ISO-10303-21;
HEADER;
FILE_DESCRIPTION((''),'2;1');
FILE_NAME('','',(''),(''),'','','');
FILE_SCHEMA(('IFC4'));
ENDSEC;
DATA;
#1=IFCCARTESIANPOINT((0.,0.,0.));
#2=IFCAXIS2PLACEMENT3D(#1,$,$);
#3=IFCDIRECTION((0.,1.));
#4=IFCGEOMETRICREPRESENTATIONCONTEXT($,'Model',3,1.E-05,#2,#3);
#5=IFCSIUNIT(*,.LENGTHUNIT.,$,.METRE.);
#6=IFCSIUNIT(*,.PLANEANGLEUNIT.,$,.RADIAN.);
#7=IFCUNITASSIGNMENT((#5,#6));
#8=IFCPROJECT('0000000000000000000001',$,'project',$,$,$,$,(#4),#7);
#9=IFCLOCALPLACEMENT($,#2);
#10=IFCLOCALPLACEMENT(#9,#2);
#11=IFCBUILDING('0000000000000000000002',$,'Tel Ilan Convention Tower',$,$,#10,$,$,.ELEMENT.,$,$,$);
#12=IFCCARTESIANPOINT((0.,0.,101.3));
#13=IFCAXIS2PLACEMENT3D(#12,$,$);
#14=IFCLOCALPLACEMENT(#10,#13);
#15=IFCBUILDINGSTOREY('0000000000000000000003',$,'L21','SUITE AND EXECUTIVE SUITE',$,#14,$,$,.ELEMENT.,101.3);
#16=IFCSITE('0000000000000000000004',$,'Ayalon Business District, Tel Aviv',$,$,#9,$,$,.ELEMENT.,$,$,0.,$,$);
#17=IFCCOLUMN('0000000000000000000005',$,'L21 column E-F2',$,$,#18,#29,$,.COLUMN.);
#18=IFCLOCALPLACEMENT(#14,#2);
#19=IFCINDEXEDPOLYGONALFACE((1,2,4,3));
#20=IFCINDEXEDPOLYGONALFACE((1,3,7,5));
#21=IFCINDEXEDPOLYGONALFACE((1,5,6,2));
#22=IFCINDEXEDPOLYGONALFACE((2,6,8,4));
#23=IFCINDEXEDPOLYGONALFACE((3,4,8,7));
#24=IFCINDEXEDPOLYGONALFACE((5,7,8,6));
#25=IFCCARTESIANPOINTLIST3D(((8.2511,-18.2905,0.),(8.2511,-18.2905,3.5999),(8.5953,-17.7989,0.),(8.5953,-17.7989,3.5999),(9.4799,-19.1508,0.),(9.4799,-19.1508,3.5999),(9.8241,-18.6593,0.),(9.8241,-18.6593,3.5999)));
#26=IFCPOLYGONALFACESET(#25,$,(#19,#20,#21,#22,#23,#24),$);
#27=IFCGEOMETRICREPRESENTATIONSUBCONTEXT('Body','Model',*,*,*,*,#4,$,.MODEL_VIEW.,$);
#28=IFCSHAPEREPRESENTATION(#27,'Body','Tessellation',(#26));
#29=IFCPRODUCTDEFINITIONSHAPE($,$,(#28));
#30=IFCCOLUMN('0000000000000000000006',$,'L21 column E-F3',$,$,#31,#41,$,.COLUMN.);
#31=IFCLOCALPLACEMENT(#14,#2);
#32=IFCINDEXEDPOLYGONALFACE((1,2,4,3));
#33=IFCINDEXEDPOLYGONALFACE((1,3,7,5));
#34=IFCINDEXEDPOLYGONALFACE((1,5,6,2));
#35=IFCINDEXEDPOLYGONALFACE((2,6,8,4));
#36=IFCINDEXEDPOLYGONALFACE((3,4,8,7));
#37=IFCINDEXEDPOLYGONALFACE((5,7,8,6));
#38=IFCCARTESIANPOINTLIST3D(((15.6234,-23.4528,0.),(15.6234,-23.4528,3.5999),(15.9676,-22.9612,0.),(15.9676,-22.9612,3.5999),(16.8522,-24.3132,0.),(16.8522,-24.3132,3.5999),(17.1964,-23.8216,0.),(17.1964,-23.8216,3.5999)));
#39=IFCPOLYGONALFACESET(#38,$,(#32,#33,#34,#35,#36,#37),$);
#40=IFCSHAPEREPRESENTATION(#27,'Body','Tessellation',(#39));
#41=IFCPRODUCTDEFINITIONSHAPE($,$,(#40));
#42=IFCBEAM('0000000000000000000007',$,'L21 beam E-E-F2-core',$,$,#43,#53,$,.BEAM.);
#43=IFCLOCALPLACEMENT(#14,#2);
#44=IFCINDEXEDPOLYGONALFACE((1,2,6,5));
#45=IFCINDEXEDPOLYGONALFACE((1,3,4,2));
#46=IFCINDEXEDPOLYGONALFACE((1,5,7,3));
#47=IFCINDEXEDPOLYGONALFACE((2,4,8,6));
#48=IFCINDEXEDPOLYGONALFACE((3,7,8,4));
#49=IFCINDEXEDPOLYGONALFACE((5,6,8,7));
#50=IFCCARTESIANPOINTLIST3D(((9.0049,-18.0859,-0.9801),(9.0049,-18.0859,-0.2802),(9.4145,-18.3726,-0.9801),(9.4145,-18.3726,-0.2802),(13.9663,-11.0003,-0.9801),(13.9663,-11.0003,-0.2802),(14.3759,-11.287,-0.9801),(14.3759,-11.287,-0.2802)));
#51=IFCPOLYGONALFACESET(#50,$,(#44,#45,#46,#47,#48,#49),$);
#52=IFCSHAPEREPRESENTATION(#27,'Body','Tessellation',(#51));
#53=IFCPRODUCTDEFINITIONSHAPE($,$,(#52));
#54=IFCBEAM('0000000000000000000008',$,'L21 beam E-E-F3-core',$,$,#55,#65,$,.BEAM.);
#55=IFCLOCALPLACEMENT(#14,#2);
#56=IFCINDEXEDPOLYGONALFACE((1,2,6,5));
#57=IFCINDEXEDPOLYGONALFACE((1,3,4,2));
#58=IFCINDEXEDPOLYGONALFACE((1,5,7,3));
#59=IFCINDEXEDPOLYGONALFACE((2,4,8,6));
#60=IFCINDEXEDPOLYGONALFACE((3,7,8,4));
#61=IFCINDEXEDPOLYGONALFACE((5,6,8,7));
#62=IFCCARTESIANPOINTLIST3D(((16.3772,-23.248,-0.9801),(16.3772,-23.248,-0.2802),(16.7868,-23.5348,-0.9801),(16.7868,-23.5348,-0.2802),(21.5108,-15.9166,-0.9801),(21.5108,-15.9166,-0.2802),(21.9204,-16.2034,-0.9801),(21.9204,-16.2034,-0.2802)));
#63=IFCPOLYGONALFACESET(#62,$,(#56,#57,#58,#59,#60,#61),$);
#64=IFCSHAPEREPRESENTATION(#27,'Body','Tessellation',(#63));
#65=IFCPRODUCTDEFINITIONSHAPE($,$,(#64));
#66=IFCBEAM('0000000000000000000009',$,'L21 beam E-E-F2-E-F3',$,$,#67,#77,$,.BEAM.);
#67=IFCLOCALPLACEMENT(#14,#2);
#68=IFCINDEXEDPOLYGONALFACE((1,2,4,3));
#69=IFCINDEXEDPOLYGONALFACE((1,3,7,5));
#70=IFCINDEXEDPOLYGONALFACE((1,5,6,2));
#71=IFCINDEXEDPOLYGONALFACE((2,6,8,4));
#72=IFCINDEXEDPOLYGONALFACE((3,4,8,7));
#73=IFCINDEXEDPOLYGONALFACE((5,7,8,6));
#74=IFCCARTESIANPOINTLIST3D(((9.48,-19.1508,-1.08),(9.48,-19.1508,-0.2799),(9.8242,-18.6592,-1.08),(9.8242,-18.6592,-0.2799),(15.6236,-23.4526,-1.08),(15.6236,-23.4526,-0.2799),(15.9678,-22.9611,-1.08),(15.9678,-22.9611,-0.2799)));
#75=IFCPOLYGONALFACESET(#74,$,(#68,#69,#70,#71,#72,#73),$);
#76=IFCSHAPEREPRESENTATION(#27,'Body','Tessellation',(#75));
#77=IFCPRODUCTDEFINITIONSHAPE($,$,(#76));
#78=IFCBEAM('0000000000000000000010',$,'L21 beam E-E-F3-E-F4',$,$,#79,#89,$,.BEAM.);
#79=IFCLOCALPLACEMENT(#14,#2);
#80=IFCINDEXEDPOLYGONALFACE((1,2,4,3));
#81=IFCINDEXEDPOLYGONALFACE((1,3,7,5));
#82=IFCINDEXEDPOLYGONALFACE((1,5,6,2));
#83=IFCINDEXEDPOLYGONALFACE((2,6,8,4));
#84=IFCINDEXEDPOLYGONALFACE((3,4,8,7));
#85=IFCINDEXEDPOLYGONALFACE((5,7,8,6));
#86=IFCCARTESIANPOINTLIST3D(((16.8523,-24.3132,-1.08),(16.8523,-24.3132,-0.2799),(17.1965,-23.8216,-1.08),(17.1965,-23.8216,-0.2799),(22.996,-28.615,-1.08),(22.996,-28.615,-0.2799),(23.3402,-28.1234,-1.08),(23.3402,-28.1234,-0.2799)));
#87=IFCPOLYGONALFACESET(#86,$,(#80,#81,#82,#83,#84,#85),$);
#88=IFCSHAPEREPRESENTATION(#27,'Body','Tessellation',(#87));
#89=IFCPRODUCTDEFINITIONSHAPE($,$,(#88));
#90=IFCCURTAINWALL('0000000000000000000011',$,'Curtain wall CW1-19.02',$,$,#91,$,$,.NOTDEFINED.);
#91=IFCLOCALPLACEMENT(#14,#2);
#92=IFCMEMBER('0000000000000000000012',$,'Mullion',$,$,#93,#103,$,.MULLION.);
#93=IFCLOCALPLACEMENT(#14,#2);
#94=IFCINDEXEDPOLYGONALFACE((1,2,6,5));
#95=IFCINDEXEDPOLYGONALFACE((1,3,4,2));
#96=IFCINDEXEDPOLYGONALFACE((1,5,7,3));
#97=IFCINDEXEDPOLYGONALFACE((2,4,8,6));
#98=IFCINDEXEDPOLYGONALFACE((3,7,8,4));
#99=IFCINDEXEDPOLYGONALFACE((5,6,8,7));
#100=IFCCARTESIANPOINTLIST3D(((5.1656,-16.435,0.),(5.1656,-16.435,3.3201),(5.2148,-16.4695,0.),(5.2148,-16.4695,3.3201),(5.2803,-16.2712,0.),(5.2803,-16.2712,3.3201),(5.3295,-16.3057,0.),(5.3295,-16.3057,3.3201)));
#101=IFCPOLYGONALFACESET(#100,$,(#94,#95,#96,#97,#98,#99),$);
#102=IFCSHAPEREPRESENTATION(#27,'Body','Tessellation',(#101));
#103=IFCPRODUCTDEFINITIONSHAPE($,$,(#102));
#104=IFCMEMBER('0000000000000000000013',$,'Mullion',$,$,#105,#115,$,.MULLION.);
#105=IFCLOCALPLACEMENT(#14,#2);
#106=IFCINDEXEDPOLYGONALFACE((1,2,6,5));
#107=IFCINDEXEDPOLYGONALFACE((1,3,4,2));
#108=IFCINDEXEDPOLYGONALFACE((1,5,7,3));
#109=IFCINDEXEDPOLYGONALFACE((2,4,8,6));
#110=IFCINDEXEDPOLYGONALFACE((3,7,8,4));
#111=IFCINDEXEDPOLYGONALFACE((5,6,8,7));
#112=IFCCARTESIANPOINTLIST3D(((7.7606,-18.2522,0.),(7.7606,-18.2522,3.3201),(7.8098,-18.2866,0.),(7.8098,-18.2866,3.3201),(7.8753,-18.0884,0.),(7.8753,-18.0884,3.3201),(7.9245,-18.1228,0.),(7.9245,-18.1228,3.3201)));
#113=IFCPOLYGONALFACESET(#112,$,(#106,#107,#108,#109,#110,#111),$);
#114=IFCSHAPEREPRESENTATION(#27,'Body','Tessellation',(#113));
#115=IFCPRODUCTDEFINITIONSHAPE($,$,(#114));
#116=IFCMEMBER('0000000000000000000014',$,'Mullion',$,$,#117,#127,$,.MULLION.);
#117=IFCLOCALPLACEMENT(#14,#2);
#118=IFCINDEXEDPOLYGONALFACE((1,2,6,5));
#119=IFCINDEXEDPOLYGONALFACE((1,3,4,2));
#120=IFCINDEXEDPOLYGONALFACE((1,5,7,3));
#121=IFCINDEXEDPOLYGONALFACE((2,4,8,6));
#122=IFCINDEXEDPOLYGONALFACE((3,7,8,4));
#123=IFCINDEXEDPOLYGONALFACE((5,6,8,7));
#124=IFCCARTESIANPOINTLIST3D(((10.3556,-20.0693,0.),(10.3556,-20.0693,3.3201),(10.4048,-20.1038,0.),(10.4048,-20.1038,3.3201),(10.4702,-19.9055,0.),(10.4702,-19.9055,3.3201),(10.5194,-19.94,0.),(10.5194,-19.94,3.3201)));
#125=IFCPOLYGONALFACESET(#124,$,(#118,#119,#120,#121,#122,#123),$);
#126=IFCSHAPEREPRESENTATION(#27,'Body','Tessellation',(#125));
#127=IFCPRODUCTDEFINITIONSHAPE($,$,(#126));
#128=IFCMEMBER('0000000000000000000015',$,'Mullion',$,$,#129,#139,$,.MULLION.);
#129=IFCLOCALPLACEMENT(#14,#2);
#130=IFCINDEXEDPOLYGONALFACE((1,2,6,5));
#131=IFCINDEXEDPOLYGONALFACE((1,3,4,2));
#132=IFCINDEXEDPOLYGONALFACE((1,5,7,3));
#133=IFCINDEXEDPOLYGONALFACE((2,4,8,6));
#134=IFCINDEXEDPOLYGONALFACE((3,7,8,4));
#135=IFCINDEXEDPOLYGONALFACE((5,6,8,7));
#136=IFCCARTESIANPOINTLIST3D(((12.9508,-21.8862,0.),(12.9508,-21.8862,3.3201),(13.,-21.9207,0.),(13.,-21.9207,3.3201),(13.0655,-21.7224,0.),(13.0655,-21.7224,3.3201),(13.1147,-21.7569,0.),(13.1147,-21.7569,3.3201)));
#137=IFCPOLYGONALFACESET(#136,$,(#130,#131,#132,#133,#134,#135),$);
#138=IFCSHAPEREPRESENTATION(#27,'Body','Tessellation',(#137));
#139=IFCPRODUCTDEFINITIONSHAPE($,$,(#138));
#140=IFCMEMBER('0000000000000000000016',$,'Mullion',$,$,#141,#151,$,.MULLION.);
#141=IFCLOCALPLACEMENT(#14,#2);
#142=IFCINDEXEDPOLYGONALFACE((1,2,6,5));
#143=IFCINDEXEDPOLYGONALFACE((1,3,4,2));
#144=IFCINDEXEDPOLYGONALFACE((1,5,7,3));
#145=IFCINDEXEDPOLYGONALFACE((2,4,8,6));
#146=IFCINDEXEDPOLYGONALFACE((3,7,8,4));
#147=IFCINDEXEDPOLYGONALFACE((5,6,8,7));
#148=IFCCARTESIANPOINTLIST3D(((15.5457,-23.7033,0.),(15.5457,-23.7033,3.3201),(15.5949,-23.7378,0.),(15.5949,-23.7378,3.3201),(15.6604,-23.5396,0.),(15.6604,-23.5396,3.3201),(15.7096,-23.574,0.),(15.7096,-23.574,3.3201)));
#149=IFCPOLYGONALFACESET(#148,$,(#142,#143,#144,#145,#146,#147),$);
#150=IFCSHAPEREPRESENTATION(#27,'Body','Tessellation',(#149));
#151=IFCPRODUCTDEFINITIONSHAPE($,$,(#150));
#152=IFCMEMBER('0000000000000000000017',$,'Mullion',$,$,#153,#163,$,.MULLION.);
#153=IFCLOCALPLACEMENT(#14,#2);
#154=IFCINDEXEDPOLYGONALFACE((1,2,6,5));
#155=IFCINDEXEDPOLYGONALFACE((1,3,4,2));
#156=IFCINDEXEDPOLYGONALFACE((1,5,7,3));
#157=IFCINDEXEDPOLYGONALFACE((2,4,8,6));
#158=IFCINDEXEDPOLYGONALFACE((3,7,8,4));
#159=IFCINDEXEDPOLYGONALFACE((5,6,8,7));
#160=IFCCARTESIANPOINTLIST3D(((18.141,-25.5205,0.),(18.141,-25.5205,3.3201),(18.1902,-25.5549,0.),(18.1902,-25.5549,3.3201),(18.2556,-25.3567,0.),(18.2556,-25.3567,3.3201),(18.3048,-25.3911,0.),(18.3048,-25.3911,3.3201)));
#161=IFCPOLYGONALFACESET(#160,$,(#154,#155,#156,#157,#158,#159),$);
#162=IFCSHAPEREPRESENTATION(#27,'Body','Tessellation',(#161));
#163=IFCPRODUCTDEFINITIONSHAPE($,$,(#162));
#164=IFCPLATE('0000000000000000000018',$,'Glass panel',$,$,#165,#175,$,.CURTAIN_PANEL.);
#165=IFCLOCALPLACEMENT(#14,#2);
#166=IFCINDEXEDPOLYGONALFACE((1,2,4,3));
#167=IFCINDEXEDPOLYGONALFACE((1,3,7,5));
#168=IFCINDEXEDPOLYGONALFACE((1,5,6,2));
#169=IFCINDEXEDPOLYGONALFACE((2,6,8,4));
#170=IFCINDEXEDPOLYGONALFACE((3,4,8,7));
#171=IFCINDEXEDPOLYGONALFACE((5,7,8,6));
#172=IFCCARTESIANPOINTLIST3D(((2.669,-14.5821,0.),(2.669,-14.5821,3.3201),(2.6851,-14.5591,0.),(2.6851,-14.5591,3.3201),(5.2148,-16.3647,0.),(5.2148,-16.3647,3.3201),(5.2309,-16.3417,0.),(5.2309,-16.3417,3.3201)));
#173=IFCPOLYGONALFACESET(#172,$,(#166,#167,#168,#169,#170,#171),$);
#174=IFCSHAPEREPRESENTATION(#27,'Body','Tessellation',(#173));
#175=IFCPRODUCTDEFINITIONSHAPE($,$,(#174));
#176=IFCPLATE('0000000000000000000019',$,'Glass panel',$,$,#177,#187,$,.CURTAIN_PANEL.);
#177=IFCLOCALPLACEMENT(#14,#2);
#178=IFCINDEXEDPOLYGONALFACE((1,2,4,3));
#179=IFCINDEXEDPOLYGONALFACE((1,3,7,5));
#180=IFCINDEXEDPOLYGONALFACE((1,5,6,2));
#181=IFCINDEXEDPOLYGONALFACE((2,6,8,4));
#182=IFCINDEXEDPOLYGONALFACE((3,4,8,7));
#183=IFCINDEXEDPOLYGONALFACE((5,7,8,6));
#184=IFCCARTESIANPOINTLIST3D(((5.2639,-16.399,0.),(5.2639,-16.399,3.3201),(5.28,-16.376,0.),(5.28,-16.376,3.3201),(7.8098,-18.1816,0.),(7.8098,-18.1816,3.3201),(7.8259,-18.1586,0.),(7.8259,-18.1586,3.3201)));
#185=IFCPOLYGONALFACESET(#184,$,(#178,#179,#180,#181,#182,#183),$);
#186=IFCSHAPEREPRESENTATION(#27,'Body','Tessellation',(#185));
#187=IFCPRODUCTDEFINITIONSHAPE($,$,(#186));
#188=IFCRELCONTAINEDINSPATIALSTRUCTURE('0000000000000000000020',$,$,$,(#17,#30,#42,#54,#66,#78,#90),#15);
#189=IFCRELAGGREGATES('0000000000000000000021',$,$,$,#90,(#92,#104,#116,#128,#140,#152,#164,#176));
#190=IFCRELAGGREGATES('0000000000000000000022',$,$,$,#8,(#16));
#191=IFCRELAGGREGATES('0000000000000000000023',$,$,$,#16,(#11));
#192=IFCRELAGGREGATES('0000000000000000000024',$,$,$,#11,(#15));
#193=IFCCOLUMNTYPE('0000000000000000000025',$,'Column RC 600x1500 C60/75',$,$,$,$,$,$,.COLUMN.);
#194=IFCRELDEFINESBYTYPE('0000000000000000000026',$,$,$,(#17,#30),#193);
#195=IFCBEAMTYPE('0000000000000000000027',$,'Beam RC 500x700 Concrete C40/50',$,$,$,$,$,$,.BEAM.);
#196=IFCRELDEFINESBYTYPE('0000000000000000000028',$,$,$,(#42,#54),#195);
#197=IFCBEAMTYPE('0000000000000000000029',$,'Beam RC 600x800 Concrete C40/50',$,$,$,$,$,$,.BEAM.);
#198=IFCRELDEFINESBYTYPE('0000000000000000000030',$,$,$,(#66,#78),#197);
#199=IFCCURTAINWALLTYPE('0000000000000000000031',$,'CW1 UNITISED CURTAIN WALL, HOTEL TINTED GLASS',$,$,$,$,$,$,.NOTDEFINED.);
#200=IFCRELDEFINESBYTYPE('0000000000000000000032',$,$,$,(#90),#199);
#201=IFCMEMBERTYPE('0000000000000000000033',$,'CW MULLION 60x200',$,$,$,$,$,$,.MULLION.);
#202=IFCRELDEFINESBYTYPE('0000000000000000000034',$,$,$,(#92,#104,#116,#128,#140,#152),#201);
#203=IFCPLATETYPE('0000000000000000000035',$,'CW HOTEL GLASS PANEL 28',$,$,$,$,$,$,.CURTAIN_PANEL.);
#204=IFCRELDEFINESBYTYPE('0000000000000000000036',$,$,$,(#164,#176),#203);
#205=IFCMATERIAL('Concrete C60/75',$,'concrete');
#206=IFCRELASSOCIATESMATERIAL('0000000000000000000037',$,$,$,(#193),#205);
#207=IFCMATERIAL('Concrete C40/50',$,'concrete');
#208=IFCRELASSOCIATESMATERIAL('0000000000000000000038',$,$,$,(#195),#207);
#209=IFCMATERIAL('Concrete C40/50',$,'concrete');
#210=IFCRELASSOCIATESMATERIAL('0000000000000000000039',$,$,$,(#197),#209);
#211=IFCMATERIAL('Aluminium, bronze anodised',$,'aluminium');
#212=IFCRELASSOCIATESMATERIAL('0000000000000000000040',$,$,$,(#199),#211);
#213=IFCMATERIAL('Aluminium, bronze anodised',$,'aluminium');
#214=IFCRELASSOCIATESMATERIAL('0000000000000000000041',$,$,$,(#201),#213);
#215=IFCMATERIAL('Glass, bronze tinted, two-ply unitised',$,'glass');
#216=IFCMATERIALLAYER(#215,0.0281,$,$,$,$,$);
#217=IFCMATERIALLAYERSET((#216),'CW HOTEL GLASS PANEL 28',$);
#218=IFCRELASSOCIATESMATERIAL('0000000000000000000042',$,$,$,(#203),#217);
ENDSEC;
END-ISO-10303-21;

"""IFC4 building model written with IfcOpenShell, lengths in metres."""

from ifc_helpers import new_model, si_unit, direction, frame, origin, origin_2d, place, context, subcontext, project, spatial, rectangle, extrude, material, layer, layer_set, material_profile, profile_set, type_object, element, aggregate, save


model = new_model("IFC4")

# Units and contexts
model_context = context("Model", 3, precision=1e-05, world=origin(), true_north=direction((0.0, 1.0)))
body_context = subcontext(model_context, "Body", "Model", "MODEL_VIEW")
ifc_project = project(units=[si_unit("LENGTHUNIT", "METRE"), si_unit("PLANEANGLEUNIT", "RADIAN")], contexts=[model_context])

# Site, building, storey
site_placement = place(None, origin())
site = spatial("IfcSite", under=ifc_project, at=site_placement, Name="Ayalon Business District, Tel Aviv", CompositionType="ELEMENT", RefElevation=0.0)
building_placement = place(site_placement, origin())
building = spatial("IfcBuilding", under=site, at=building_placement, Name="Tel Ilan Convention Tower", CompositionType="ELEMENT")
storey_placement = place(building_placement, frame((0.0, 0.0, 101.3)))
storey = spatial("IfcBuildingStorey", under=building, at=storey_placement, Name="L21", Description="SUITE AND EXECUTIVE SUITE", CompositionType="ELEMENT", Elevation=101.3)

# Columns
ifc_material_1 = material(Name="Concrete C60/75", Category="concrete")
ifc_material_profile_1 = material_profile(ifc_material_1, rectangle(XDim=1.5, YDim=0.6001, at=origin_2d()), Name="RC 600x1500")
ifc_profile_set_1 = profile_set([ifc_material_profile_1], Name="Concrete C60/75")
column_type = type_object("IfcColumnType", Name="Column RC 600x1500 C60/75", PredefinedType="COLUMN", material=ifc_profile_set_1)
for number, where, z_axis, x_axis, name in (
    (1, (9.0376, -18.4749, 0.0), (0.0, 0.0, 1.0), (0.819152, -0.573576, 0.0), "L21 column E-F2"),
    (2, (16.4099, -23.6372, 0.0), (0.0, 0.0, 1.0), (0.819152, -0.573576, 0.0), "L21 column E-F3"),
):
    element("IfcColumn", number, at=place(storey_placement, frame(where, z_axis=z_axis, x_axis=x_axis)), inside=storey, type_object=column_type, Name=name, PredefinedType="COLUMN", context=body_context, shape_type="SweptSolid", body=[
        extrude(rectangle(XDim=1.5, YDim=0.6001, at=origin_2d()), origin(), (0.0, 0.0, 1.0), 3.5999),
    ])

# Beams
ifc_material_2 = material(Name="Concrete C40/50", Category="concrete")
ifc_material_profile_2 = material_profile(ifc_material_2, rectangle(XDim=0.5, YDim=0.7, at=origin_2d()), Name="RC 500x700")
ifc_profile_set_2 = profile_set([ifc_material_profile_2], Name="Concrete C40/50")
beam_type_1 = type_object("IfcBeamType", Name="Beam RC 500x700 Concrete C40/50", PredefinedType="BEAM", material=ifc_profile_set_2)
beam_1_placement = place(storey_placement, frame((9.2097, -18.2292, -0.6301), z_axis=(0.573574, 0.819154, 0.0), x_axis=(-0.819154, 0.573574, 0.0)))
element("IfcBeam", 3, at=beam_1_placement, inside=storey, type_object=beam_type_1, Name="L21 beam E-E-F2-core", PredefinedType="BEAM", context=body_context, shape_type="SweptSolid", body=[
    extrude(rectangle(XDim=0.5, YDim=0.7, at=origin_2d()), origin(), (0.0, 0.0, 1.0), 8.6499),
])
beam_2_placement = place(storey_placement, frame((16.582, -23.3914, -0.6301), z_axis=(0.573585, 0.819146, 0.0), x_axis=(-0.819146, 0.573585, 0.0)))
element("IfcBeam", 4, at=beam_2_placement, inside=storey, type_object=beam_type_1, Name="L21 beam E-E-F3-core", PredefinedType="BEAM", context=body_context, shape_type="SweptSolid", body=[
    extrude(rectangle(XDim=0.5, YDim=0.7, at=origin_2d()), origin(), (0.0, 0.0, 1.0), 8.95),
])
ifc_material_3 = material(Name="Concrete C40/50", Category="concrete")
ifc_material_profile_3 = material_profile(ifc_material_3, rectangle(XDim=0.6001, YDim=0.8, at=origin_2d()), Name="RC 600x800")
ifc_profile_set_3 = profile_set([ifc_material_profile_3], Name="Concrete C40/50")
beam_type_2 = type_object("IfcBeamType", Name="Beam RC 600x800 Concrete C40/50", PredefinedType="BEAM", material=ifc_profile_set_3)
for number, where, z_axis, x_axis, name in (
    (5, (9.6521, -18.905, -0.6799), (0.819152, -0.573576, 0.0), (0.573576, 0.819152, 0.0), "L21 beam E-E-F2-E-F3"),
    (6, (17.0244, -24.0674, -0.6799), (0.819152, -0.573576, 0.0), (0.573576, 0.819152, 0.0), "L21 beam E-E-F3-E-F4"),
):
    element("IfcBeam", number, at=place(storey_placement, frame(where, z_axis=z_axis, x_axis=x_axis)), inside=storey, type_object=beam_type_2, Name=name, PredefinedType="BEAM", context=body_context, shape_type="SweptSolid", body=[
        extrude(rectangle(XDim=0.6001, YDim=0.8, at=origin_2d()), origin(), (0.0, 0.0, 1.0), 7.5),
    ])

# Curtain wall, members, plates
ifc_material_4 = material(Name="Aluminium, bronze anodised", Category="aluminium")
curtain_wall_type = type_object("IfcCurtainWallType", Name="CW1 UNITISED CURTAIN WALL, HOTEL TINTED GLASS", PredefinedType="NOTDEFINED", material=ifc_material_4)
curtain_wall_placement = place(storey_placement, origin())
curtain_wall = element("IfcCurtainWall", 7, at=curtain_wall_placement, inside=storey, type_object=curtain_wall_type, Name="Curtain wall CW1-19.02", PredefinedType="NOTDEFINED")
ifc_material_5 = material(Name="Aluminium, bronze anodised", Category="aluminium")
ifc_material_profile_4 = material_profile(ifc_material_5, rectangle(XDim=0.0601, YDim=0.2, at=origin_2d()), Name="CW MULLION 60x200")
ifc_profile_set_4 = profile_set([ifc_material_profile_4], Name="Aluminium, bronze anodised")
member_type = type_object("IfcMemberType", Name="CW MULLION 60x200", PredefinedType="MULLION", material=ifc_profile_set_4)
member_1_placement = place(storey_placement, frame((5.2476, -16.3704, 0.0), z_axis=(0.0, 0.0, 1.0), x_axis=(0.819152, -0.573576, 0.0)))
member_1 = element("IfcMember", 8, at=member_1_placement, type_object=member_type, Name="Mullion", PredefinedType="MULLION", context=body_context, shape_type="SweptSolid", body=[
    extrude(rectangle(XDim=0.0601, YDim=0.2, at=origin_2d()), origin(), (0.0, 0.0, 1.0), 3.3201),
])
member_2_placement = place(storey_placement, frame((7.8425, -18.1875, 0.0), z_axis=(0.0, 0.0, 1.0), x_axis=(0.819152, -0.573576, 0.0)))
member_2 = element("IfcMember", 9, at=member_2_placement, type_object=member_type, Name="Mullion", PredefinedType="MULLION", context=body_context, shape_type="SweptSolid", body=[
    extrude(rectangle(XDim=0.0601, YDim=0.2, at=origin_2d()), origin(), (0.0, 0.0, 1.0), 3.3201),
])
member_3_placement = place(storey_placement, frame((10.4375, -20.0046, 0.0), z_axis=(0.0, 0.0, 1.0), x_axis=(0.819152, -0.573576, 0.0)))
member_3 = element("IfcMember", 10, at=member_3_placement, type_object=member_type, Name="Mullion", PredefinedType="MULLION", context=body_context, shape_type="SweptSolid", body=[
    extrude(rectangle(XDim=0.0601, YDim=0.2, at=origin_2d()), origin(), (0.0, 0.0, 1.0), 3.3201),
])
member_4_placement = place(storey_placement, frame((13.0327, -21.8215, 0.0), z_axis=(0.0, 0.0, 1.0), x_axis=(0.819152, -0.573576, 0.0)))
member_4 = element("IfcMember", 11, at=member_4_placement, type_object=member_type, Name="Mullion", PredefinedType="MULLION", context=body_context, shape_type="SweptSolid", body=[
    extrude(rectangle(XDim=0.0601, YDim=0.2, at=origin_2d()), origin(), (0.0, 0.0, 1.0), 3.3201),
])
member_5_placement = place(storey_placement, frame((15.6277, -23.6387, 0.0), z_axis=(0.0, 0.0, 1.0), x_axis=(0.819152, -0.573576, 0.0)))
member_5 = element("IfcMember", 12, at=member_5_placement, type_object=member_type, Name="Mullion", PredefinedType="MULLION", context=body_context, shape_type="SweptSolid", body=[
    extrude(rectangle(XDim=0.0601, YDim=0.2, at=origin_2d()), origin(), (0.0, 0.0, 1.0), 3.3201),
])
member_6_placement = place(storey_placement, frame((18.2229, -25.4558, 0.0), z_axis=(0.0, 0.0, 1.0), x_axis=(0.819152, -0.573576, 0.0)))
member_6 = element("IfcMember", 13, at=member_6_placement, type_object=member_type, Name="Mullion", PredefinedType="MULLION", context=body_context, shape_type="SweptSolid", body=[
    extrude(rectangle(XDim=0.0601, YDim=0.2, at=origin_2d()), origin(), (0.0, 0.0, 1.0), 3.3201),
])
ifc_material_6 = material(Name="Glass, bronze tinted, two-ply unitised", Category="glass")
ifc_layer_1 = layer(ifc_material_6, 0.0281)
ifc_layer_set_1 = layer_set([ifc_layer_1], Name="CW HOTEL GLASS PANEL 28")
plate_type = type_object("IfcPlateType", Name="CW HOTEL GLASS PANEL 28", PredefinedType="CURTAIN_PANEL", material=ifc_layer_set_1)
plate_1_placement = place(storey_placement, frame((3.95, -15.4619, 0.0), z_axis=(0.0, 0.0, 1.0), x_axis=(0.819152, -0.573576, 0.0)))
plate_1 = element("IfcPlate", 14, at=plate_1_placement, type_object=plate_type, Name="Glass panel", PredefinedType="CURTAIN_PANEL", context=body_context, shape_type="SweptSolid", body=[
    extrude(rectangle(XDim=3.1079, YDim=0.0281, at=origin_2d()), origin(), (0.0, 0.0, 1.0), 3.3201),
])
plate_2_placement = place(storey_placement, frame((6.5449, -17.2788, 0.0), z_axis=(0.0, 0.0, 1.0), x_axis=(0.819152, -0.573576, 0.0)))
plate_2 = element("IfcPlate", 15, at=plate_2_placement, type_object=plate_type, Name="Glass panel", PredefinedType="CURTAIN_PANEL", context=body_context, shape_type="SweptSolid", body=[
    extrude(rectangle(XDim=3.1079, YDim=0.0281, at=origin_2d()), origin(), (0.0, 0.0, 1.0), 3.3201),
])
aggregate(curtain_wall, [member_1, member_2, member_3, member_4, member_5, member_6, plate_1, plate_2])

save(model, "model.ifc")
